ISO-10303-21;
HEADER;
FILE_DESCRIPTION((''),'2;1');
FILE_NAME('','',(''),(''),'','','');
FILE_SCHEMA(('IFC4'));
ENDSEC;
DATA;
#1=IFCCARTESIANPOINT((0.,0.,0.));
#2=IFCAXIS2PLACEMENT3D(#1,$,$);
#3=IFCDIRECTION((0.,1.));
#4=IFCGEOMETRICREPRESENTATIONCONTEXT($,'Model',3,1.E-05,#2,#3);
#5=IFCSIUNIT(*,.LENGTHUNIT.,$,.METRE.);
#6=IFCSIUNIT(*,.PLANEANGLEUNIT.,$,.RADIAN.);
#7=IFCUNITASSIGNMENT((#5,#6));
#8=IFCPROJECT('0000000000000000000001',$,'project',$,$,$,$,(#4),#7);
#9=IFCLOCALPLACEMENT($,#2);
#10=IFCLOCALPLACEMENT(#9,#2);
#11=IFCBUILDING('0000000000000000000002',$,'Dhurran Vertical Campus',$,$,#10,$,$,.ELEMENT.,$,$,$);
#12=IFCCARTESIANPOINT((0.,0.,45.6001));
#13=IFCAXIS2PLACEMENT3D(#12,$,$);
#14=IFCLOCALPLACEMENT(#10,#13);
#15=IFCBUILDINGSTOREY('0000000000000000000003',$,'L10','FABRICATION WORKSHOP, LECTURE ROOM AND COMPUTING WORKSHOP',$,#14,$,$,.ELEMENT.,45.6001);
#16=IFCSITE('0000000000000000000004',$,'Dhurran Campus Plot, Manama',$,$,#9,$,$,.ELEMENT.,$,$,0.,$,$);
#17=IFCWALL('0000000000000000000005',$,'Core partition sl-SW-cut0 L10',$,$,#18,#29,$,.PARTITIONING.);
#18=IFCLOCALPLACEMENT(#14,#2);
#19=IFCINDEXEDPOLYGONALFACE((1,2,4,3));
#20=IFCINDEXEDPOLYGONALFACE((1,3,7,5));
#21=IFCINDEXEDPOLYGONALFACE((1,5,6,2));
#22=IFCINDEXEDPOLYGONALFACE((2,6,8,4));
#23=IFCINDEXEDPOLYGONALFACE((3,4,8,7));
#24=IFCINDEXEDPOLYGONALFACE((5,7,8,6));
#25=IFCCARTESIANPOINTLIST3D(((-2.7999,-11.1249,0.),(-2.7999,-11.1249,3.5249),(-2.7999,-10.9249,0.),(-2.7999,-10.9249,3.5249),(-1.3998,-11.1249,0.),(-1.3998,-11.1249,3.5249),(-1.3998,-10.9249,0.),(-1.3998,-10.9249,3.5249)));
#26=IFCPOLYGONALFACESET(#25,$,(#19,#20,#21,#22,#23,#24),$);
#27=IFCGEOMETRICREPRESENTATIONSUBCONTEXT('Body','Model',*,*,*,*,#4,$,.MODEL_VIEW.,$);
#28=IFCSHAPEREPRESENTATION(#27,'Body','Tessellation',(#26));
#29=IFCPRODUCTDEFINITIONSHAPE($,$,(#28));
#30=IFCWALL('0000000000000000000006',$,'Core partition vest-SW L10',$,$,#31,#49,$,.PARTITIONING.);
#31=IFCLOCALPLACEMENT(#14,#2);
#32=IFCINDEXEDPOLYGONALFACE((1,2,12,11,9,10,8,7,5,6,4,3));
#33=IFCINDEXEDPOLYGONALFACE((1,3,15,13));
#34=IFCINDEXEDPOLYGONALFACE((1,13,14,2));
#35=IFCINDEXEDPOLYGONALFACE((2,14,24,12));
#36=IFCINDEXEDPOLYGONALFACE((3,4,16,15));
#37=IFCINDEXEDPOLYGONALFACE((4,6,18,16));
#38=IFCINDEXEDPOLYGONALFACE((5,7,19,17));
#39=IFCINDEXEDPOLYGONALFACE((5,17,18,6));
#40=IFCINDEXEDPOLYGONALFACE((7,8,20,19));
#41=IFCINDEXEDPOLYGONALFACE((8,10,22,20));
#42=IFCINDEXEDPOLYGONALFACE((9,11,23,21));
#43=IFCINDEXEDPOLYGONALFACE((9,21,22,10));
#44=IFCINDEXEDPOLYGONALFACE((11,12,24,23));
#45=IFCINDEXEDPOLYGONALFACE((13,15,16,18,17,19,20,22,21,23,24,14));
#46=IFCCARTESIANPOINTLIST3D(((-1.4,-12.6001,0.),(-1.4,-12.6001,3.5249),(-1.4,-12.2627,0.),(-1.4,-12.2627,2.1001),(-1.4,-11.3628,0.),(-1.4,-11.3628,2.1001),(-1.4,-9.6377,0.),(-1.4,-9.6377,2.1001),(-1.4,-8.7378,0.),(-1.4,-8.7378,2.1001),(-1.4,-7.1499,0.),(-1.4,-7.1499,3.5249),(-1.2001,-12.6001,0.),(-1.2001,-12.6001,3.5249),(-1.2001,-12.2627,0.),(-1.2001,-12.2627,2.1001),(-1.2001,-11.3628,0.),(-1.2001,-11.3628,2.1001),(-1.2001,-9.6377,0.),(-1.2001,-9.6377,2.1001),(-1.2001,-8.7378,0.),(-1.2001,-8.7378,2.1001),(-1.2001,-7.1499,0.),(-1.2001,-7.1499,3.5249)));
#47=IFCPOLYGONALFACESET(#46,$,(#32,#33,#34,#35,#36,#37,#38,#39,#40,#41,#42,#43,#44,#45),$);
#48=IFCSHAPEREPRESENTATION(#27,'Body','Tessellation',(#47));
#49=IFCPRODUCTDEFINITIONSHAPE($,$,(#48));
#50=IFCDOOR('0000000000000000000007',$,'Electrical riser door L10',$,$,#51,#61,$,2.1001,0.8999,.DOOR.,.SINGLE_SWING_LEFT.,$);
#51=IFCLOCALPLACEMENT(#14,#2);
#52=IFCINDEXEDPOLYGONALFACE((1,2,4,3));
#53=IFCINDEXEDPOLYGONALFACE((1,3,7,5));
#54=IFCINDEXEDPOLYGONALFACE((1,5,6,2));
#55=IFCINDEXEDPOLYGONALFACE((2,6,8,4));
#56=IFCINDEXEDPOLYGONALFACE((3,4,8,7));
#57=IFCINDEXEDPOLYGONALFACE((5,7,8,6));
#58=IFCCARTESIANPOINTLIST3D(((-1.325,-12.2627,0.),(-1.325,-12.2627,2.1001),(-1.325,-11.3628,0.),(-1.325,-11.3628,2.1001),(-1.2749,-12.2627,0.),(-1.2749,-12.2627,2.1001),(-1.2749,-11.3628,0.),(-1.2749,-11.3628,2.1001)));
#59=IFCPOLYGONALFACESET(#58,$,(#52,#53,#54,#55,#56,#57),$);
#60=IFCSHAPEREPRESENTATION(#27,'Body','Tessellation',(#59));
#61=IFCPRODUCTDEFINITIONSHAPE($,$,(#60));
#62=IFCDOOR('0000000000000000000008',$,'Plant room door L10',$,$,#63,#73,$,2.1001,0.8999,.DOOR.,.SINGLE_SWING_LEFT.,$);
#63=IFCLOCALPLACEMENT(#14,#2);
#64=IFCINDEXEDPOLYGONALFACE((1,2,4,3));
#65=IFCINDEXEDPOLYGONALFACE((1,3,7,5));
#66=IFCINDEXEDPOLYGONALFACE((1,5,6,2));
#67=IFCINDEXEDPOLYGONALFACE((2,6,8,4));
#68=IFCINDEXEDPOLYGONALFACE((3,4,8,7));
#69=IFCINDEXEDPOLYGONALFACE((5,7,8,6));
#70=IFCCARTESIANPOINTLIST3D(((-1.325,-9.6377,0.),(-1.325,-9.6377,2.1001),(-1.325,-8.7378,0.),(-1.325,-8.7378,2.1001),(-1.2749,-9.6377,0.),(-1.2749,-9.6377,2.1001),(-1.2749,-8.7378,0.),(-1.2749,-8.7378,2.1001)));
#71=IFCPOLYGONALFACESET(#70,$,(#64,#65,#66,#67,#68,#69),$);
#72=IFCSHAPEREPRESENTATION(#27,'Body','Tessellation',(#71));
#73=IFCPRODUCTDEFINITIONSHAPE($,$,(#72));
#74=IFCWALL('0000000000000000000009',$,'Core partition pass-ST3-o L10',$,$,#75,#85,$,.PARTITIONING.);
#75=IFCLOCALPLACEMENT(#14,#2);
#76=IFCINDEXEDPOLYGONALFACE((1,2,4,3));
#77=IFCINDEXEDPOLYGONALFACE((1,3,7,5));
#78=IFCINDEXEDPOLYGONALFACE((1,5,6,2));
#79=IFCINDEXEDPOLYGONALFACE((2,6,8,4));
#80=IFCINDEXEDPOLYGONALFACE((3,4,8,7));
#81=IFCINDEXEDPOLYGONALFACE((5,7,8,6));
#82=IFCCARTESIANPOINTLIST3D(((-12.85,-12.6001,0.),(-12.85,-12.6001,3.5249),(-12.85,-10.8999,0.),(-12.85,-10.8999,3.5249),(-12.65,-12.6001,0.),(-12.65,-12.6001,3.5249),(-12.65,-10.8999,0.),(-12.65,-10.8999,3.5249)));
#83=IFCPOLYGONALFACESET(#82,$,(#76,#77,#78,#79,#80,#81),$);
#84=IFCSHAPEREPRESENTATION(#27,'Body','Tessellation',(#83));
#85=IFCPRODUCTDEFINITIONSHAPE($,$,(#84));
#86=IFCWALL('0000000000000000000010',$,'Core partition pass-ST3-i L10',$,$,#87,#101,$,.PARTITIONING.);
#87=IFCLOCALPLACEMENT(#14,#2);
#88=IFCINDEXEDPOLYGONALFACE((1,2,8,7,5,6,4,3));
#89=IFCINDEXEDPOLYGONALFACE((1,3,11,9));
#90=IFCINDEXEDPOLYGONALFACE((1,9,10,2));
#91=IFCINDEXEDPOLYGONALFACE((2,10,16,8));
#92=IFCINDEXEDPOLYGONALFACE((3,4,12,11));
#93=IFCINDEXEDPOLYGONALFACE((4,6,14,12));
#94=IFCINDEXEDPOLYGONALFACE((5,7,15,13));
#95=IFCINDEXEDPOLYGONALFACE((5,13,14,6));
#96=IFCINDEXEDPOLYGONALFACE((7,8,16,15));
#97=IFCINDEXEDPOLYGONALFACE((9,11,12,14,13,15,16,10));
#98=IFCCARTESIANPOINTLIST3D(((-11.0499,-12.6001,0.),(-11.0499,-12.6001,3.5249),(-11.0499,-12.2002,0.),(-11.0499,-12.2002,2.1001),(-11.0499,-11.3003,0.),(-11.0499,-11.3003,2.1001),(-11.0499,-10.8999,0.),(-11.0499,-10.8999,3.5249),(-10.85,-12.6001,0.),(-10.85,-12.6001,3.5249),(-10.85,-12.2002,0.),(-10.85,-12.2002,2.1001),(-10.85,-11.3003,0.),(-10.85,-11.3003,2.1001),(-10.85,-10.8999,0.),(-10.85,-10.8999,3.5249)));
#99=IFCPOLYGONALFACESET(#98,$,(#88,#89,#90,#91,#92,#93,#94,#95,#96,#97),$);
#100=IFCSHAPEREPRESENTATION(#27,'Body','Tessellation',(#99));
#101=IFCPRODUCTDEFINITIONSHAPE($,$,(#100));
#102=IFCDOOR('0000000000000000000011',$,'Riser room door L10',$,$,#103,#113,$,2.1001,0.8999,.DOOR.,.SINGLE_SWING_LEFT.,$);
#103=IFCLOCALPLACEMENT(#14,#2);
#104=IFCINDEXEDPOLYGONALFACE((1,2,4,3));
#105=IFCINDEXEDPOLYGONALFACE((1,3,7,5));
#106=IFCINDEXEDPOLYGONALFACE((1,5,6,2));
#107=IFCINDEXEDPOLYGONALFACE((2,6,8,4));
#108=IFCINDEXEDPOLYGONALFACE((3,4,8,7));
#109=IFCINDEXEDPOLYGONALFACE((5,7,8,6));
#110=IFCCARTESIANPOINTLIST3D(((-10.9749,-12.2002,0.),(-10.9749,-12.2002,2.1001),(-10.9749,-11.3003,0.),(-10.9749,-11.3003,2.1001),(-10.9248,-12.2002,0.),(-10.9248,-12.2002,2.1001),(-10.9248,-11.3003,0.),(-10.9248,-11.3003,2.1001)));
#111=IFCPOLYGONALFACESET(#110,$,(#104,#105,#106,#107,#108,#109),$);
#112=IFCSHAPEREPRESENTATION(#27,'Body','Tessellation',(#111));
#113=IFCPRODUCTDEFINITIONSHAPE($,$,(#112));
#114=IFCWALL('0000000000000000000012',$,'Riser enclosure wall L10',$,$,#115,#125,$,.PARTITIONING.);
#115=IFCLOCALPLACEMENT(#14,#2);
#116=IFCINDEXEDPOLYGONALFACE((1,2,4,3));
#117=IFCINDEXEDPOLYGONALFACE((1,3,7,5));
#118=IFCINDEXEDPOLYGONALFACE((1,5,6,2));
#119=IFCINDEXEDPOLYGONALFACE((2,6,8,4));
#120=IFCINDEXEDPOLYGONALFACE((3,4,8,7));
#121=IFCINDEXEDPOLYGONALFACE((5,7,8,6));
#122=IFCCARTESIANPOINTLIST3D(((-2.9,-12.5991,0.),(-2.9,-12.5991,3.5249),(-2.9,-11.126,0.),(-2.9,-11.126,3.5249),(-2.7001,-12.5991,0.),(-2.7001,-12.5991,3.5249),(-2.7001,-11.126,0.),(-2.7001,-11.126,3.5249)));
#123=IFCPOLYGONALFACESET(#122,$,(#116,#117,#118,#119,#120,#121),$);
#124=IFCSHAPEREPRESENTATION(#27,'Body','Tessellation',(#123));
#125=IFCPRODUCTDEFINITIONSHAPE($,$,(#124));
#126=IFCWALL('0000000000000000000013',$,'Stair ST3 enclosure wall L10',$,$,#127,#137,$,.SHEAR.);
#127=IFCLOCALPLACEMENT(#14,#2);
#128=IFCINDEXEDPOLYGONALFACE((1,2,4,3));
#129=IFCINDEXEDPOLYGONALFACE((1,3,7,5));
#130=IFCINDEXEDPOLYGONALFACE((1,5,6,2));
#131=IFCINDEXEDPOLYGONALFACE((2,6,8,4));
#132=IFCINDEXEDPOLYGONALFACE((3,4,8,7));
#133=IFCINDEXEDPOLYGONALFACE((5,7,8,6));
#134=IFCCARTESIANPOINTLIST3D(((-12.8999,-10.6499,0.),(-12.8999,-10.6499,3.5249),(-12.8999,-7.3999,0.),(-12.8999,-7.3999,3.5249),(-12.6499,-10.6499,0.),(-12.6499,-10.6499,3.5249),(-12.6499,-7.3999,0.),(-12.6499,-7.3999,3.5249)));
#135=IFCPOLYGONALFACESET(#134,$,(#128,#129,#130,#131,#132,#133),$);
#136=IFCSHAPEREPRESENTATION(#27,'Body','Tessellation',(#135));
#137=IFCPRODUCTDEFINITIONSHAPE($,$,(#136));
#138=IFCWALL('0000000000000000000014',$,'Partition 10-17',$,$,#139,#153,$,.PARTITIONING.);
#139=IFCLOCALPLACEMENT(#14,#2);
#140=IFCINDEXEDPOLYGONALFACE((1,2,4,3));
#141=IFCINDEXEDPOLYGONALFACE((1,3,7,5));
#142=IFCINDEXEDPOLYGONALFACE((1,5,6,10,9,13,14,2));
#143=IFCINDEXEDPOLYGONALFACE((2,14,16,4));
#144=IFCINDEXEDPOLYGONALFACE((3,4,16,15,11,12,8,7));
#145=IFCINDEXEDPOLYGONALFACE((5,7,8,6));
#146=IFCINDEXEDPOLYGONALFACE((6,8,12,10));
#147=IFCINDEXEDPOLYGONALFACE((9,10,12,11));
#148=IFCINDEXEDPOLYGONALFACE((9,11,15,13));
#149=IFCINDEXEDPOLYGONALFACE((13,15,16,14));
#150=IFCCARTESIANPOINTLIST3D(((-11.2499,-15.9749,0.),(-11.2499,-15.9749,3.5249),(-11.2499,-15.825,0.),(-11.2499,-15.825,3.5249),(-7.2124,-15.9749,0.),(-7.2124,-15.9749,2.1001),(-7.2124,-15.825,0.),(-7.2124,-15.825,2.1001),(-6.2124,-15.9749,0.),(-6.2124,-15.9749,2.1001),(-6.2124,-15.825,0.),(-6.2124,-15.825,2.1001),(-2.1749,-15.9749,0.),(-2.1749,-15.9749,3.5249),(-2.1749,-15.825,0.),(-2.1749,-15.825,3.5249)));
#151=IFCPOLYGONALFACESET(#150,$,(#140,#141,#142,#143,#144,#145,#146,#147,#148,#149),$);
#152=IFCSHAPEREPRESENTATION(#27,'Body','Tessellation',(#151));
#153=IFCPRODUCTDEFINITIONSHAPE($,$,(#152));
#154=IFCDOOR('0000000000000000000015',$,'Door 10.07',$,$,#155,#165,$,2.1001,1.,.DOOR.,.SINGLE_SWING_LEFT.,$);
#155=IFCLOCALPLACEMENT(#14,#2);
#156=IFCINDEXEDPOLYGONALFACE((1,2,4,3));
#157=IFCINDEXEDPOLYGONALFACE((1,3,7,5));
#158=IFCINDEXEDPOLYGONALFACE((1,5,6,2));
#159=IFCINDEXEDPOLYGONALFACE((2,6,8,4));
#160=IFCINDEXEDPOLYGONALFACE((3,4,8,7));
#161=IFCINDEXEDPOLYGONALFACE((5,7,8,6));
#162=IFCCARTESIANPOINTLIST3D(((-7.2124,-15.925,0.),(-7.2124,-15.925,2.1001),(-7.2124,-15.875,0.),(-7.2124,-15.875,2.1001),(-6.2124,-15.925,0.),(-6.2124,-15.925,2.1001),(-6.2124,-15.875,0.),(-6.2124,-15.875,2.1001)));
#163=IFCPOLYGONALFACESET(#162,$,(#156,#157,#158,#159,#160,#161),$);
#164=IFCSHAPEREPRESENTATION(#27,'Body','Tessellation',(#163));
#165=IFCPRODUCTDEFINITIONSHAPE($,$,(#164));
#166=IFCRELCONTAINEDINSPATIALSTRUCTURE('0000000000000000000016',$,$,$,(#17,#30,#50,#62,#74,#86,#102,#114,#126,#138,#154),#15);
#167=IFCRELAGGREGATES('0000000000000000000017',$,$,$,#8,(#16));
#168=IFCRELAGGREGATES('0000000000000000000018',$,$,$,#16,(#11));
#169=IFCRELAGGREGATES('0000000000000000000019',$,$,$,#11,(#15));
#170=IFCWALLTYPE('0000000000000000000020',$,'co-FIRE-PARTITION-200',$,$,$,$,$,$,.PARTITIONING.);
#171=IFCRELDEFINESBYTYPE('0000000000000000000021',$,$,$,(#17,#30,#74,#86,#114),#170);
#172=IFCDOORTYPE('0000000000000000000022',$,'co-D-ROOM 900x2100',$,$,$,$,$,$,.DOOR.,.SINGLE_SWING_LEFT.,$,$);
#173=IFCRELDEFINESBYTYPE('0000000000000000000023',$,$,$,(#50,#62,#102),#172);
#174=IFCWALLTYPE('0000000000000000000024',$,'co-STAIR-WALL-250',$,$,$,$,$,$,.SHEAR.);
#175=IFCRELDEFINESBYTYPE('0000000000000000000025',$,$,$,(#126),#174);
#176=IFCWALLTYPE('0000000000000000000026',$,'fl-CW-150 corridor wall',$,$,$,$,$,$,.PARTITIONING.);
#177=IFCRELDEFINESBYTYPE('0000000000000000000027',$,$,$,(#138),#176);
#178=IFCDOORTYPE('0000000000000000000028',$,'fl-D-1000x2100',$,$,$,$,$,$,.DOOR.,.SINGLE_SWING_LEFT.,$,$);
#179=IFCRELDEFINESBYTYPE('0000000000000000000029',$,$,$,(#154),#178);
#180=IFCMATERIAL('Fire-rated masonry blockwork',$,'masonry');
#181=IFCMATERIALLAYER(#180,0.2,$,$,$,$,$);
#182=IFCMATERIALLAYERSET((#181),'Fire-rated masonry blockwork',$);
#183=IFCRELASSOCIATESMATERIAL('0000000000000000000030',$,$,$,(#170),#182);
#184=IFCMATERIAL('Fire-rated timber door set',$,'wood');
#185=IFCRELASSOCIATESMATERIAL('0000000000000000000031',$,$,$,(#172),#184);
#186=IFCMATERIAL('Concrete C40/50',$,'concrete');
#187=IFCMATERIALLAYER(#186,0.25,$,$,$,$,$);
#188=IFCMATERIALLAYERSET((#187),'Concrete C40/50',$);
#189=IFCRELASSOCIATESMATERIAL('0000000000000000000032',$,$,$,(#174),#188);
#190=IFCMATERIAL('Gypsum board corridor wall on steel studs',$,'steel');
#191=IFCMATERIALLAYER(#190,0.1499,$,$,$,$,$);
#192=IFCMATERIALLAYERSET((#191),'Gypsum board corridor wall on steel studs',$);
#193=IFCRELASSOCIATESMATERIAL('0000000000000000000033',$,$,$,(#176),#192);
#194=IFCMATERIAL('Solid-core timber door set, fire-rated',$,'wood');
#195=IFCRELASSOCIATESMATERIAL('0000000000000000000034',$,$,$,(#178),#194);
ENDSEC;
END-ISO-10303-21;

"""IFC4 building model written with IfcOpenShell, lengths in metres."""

from ifc_helpers import new_model, si_unit, direction, frame, frame_2d, origin, place, context, subcontext, project, spatial, rectangle, extrude, material, layer, layer_set, type_object, element, fill, save


model = new_model("IFC4")

# Units and contexts
model_context = context("Model", 3, precision=1e-05, world=origin(), true_north=direction((0.0, 1.0)))
body_context = subcontext(model_context, "Body", "Model", "MODEL_VIEW")
ifc_project = project(units=[si_unit("LENGTHUNIT", "METRE"), si_unit("PLANEANGLEUNIT", "RADIAN")], contexts=[model_context])

# Site, building, storey
site_placement = place(None, origin())
site = spatial("IfcSite", under=ifc_project, at=site_placement, Name="Dhurran Campus Plot, Manama", CompositionType="ELEMENT", RefElevation=0.0)
building_placement = place(site_placement, origin())
building = spatial("IfcBuilding", under=site, at=building_placement, Name="Dhurran Vertical Campus", CompositionType="ELEMENT")
storey_placement = place(building_placement, frame((0.0, 0.0, 45.6001)))
storey = spatial("IfcBuildingStorey", under=building, at=storey_placement, Name="L10", Description="FABRICATION WORKSHOP, LECTURE ROOM AND COMPUTING WORKSHOP", CompositionType="ELEMENT", Elevation=45.6001)

# Wall
ifc_material_1 = material(Name="Fire-rated masonry blockwork", Category="masonry")
ifc_layer_1 = layer(ifc_material_1, 0.2)
ifc_layer_set_1 = layer_set([ifc_layer_1], Name="Fire-rated masonry blockwork")
wall_type_1 = type_object("IfcWallType", Name="co-FIRE-PARTITION-200", PredefinedType="PARTITIONING", material=ifc_layer_set_1)
wall_1_placement = place(storey_placement, frame((-2.8, -11.0249, 0.0), z_axis=(0.0, 0.0, 1.0), x_axis=(1.0, 0.0, 0.0)))
element("IfcWall", 1, at=wall_1_placement, inside=storey, type_object=wall_type_1, Name="Core partition sl-SW-cut0 L10", PredefinedType="PARTITIONING", context=body_context, shape_type="SweptSolid", body=[
    extrude(rectangle(XDim=1.4001, YDim=0.2, at=frame_2d((0.7002, 0.0))), origin(), (0.0, 0.0, 1.0), 3.5249),
])

# Wall, openings, doors
wall_2_placement = place(storey_placement, frame((-1.3, -12.6001, 0.0), z_axis=(0.0, 0.0, 1.0), x_axis=(0.0, 1.0, 0.0)))
wall_2 = element("IfcWall", 2, at=wall_2_placement, inside=storey, type_object=wall_type_1, Name="Core partition vest-SW L10", PredefinedType="PARTITIONING", context=body_context, shape_type="SweptSolid", body=[
    extrude(rectangle(XDim=5.4502, YDim=0.2, at=frame_2d((2.7251, 0.0))), origin(), (0.0, 0.0, 1.0), 3.5249),
])
opening_1_placement = place(wall_2_placement, frame((0.3374, 0.0, 0.0)))
opening_1 = element("IfcOpeningElement", 3, at=opening_1_placement, cuts=wall_2, PredefinedType="OPENING", context=body_context, shape_type="SweptSolid", body=[
    extrude(rectangle(XDim=0.8999, YDim=2.1001, at=frame_2d((0.45, 1.05))), frame((0.0, 0.1099, 0.0), z_axis=(0.0, -1.0, 0.0), x_axis=(1.0, 0.0, 0.0)), (0.0, 0.0, 1.0), 0.22),
])
opening_2_placement = place(wall_2_placement, frame((2.9624, 0.0, 0.0)))
opening_2 = element("IfcOpeningElement", 4, at=opening_2_placement, cuts=wall_2, PredefinedType="OPENING", context=body_context, shape_type="SweptSolid", body=[
    extrude(rectangle(XDim=0.8999, YDim=2.1001, at=frame_2d((0.45, 1.05))), frame((0.0, 0.1099, 0.0), z_axis=(0.0, -1.0, 0.0), x_axis=(1.0, 0.0, 0.0)), (0.0, 0.0, 1.0), 0.22),
])
ifc_material_2 = material(Name="Fire-rated timber door set", Category="wood")
door_type_1 = type_object("IfcDoorType", Name="co-D-ROOM 900x2100", OperationType="SINGLE_SWING_LEFT", PredefinedType="DOOR", material=ifc_material_2)
door_1_placement = place(opening_1_placement, origin())
door_1 = element("IfcDoor", 5, at=door_1_placement, inside=storey, type_object=door_type_1, Name="Electrical riser door L10", OperationType="SINGLE_SWING_LEFT", OverallHeight=2.1001, OverallWidth=0.8999, PredefinedType="DOOR", context=body_context, shape_type="SweptSolid", body=[
    extrude(rectangle(XDim=0.8999, YDim=2.1001, at=frame_2d((0.45, 1.05))), frame((0.0, 0.0249, 0.0), z_axis=(0.0, -1.0, 0.0), x_axis=(1.0, 0.0, 0.0)), (0.0, 0.0, 1.0), 0.05),
])
fill(opening_1, door_1)
door_2_placement = place(opening_2_placement, origin())
door_2 = element("IfcDoor", 6, at=door_2_placement, inside=storey, type_object=door_type_1, Name="Plant room door L10", OperationType="SINGLE_SWING_LEFT", OverallHeight=2.1001, OverallWidth=0.8999, PredefinedType="DOOR", context=body_context, shape_type="SweptSolid", body=[
    extrude(rectangle(XDim=0.8999, YDim=2.1001, at=frame_2d((0.45, 1.05))), frame((0.0, 0.0249, 0.0), z_axis=(0.0, -1.0, 0.0), x_axis=(1.0, 0.0, 0.0)), (0.0, 0.0, 1.0), 0.05),
])
fill(opening_2, door_2)

# Wall
wall_3_placement = place(storey_placement, frame((-12.75, -12.6001, 0.0), z_axis=(0.0, 0.0, 1.0), x_axis=(0.0, 1.0, 0.0)))
element("IfcWall", 7, at=wall_3_placement, inside=storey, type_object=wall_type_1, Name="Core partition pass-ST3-o L10", PredefinedType="PARTITIONING", context=body_context, shape_type="SweptSolid", body=[
    extrude(rectangle(XDim=1.7002, YDim=0.2, at=frame_2d((0.8501, 0.0))), origin(), (0.0, 0.0, 1.0), 3.5249),
])

# Wall, opening, door
wall_4_placement = place(storey_placement, frame((-10.95, -12.6001, 0.0), z_axis=(0.0, 0.0, 1.0), x_axis=(0.0, 1.0, 0.0)))
wall_4 = element("IfcWall", 8, at=wall_4_placement, inside=storey, type_object=wall_type_1, Name="Core partition pass-ST3-i L10", PredefinedType="PARTITIONING", context=body_context, shape_type="SweptSolid", body=[
    extrude(rectangle(XDim=1.7002, YDim=0.2, at=frame_2d((0.8501, 0.0))), origin(), (0.0, 0.0, 1.0), 3.5249),
])
opening_3_placement = place(wall_4_placement, frame((0.3999, 0.0, 0.0)))
opening_3 = element("IfcOpeningElement", 9, at=opening_3_placement, cuts=wall_4, PredefinedType="OPENING", context=body_context, shape_type="SweptSolid", body=[
    extrude(rectangle(XDim=0.8999, YDim=2.1001, at=frame_2d((0.45, 1.05))), frame((0.0, 0.1099, 0.0), z_axis=(0.0, -1.0, 0.0), x_axis=(1.0, 0.0, 0.0)), (0.0, 0.0, 1.0), 0.22),
])
door_3_placement = place(opening_3_placement, origin())
door_3 = element("IfcDoor", 10, at=door_3_placement, inside=storey, type_object=door_type_1, Name="Riser room door L10", OperationType="SINGLE_SWING_LEFT", OverallHeight=2.1001, OverallWidth=0.8999, PredefinedType="DOOR", context=body_context, shape_type="SweptSolid", body=[
    extrude(rectangle(XDim=0.8999, YDim=2.1001, at=frame_2d((0.45, 1.05))), frame((0.0, 0.0249, 0.0), z_axis=(0.0, -1.0, 0.0), x_axis=(1.0, 0.0, 0.0)), (0.0, 0.0, 1.0), 0.05),
])
fill(opening_3, door_3)

# Walls
wall_5_placement = place(storey_placement, frame((-2.8, -12.5991, 0.0), z_axis=(0.0, 0.0, 1.0), x_axis=(0.0, 1.0, 0.0)))
element("IfcWall", 11, at=wall_5_placement, inside=storey, type_object=wall_type_1, Name="Riser enclosure wall L10", PredefinedType="PARTITIONING", context=body_context, shape_type="SweptSolid", body=[
    extrude(rectangle(XDim=1.4731, YDim=0.2, at=frame_2d((0.7366, 0.0))), origin(), (0.0, 0.0, 1.0), 3.5249),
])
ifc_material_3 = material(Name="Concrete C40/50", Category="concrete")
ifc_layer_2 = layer(ifc_material_3, 0.25)
ifc_layer_set_2 = layer_set([ifc_layer_2], Name="Concrete C40/50")
wall_type_2 = type_object("IfcWallType", Name="co-STAIR-WALL-250", PredefinedType="SHEAR", material=ifc_layer_set_2)
wall_6_placement = place(storey_placement, frame((-12.7749, -10.6499, 0.0), z_axis=(0.0, 0.0, 1.0), x_axis=(0.0, 1.0, 0.0)))
element("IfcWall", 12, at=wall_6_placement, inside=storey, type_object=wall_type_2, Name="Stair ST3 enclosure wall L10", PredefinedType="SHEAR", context=body_context, shape_type="SweptSolid", body=[
    extrude(rectangle(XDim=3.25, YDim=0.25, at=frame_2d((1.625, 0.0))), origin(), (0.0, 0.0, 1.0), 3.5249),
])

# Wall, opening, door
ifc_material_4 = material(Name="Gypsum board corridor wall on steel studs", Category="steel")
ifc_layer_3 = layer(ifc_material_4, 0.1499)
ifc_layer_set_3 = layer_set([ifc_layer_3], Name="Gypsum board corridor wall on steel studs")
wall_type_3 = type_object("IfcWallType", Name="fl-CW-150 corridor wall", PredefinedType="PARTITIONING", material=ifc_layer_set_3)
wall_7_placement = place(storey_placement, frame((-11.25, -15.8999, 0.0), z_axis=(0.0, 0.0, 1.0), x_axis=(1.0, 0.0, 0.0)))
wall_7 = element("IfcWall", 13, at=wall_7_placement, inside=storey, type_object=wall_type_3, Name="Partition 10-17", PredefinedType="PARTITIONING", context=body_context, shape_type="SweptSolid", body=[
    extrude(rectangle(XDim=9.075, YDim=0.1499, at=frame_2d((4.5376, 0.0))), origin(), (0.0, 0.0, 1.0), 3.5249),
])
opening_4_placement = place(wall_7_placement, frame((4.0376, 0.0, 0.0)))
opening_4 = element("IfcOpeningElement", 14, at=opening_4_placement, cuts=wall_7, PredefinedType="OPENING", context=body_context, shape_type="SweptSolid", body=[
    extrude(rectangle(XDim=1.0, YDim=2.1001, at=frame_2d((0.5, 1.05))), frame((0.0, 0.085, 0.0), z_axis=(0.0, -1.0, 0.0), x_axis=(1.0, 0.0, 0.0)), (0.0, 0.0, 1.0), 0.1699),
])
ifc_material_5 = material(Name="Solid-core timber door set, fire-rated", Category="wood")
door_type_2 = type_object("IfcDoorType", Name="fl-D-1000x2100", OperationType="SINGLE_SWING_LEFT", PredefinedType="DOOR", material=ifc_material_5)
door_4_placement = place(opening_4_placement, origin())
door_4 = element("IfcDoor", 15, at=door_4_placement, inside=storey, type_object=door_type_2, Name="Door 10.07", OperationType="SINGLE_SWING_LEFT", OverallHeight=2.1001, OverallWidth=1.0, PredefinedType="DOOR", context=body_context, shape_type="SweptSolid", body=[
    extrude(rectangle(XDim=1.0, YDim=2.1001, at=frame_2d((0.5, 1.05))), frame((0.0, 0.0249, 0.0), z_axis=(0.0, -1.0, 0.0), x_axis=(1.0, 0.0, 0.0)), (0.0, 0.0, 1.0), 0.05),
])
fill(opening_4, door_4)

save(model, "model.ifc")
